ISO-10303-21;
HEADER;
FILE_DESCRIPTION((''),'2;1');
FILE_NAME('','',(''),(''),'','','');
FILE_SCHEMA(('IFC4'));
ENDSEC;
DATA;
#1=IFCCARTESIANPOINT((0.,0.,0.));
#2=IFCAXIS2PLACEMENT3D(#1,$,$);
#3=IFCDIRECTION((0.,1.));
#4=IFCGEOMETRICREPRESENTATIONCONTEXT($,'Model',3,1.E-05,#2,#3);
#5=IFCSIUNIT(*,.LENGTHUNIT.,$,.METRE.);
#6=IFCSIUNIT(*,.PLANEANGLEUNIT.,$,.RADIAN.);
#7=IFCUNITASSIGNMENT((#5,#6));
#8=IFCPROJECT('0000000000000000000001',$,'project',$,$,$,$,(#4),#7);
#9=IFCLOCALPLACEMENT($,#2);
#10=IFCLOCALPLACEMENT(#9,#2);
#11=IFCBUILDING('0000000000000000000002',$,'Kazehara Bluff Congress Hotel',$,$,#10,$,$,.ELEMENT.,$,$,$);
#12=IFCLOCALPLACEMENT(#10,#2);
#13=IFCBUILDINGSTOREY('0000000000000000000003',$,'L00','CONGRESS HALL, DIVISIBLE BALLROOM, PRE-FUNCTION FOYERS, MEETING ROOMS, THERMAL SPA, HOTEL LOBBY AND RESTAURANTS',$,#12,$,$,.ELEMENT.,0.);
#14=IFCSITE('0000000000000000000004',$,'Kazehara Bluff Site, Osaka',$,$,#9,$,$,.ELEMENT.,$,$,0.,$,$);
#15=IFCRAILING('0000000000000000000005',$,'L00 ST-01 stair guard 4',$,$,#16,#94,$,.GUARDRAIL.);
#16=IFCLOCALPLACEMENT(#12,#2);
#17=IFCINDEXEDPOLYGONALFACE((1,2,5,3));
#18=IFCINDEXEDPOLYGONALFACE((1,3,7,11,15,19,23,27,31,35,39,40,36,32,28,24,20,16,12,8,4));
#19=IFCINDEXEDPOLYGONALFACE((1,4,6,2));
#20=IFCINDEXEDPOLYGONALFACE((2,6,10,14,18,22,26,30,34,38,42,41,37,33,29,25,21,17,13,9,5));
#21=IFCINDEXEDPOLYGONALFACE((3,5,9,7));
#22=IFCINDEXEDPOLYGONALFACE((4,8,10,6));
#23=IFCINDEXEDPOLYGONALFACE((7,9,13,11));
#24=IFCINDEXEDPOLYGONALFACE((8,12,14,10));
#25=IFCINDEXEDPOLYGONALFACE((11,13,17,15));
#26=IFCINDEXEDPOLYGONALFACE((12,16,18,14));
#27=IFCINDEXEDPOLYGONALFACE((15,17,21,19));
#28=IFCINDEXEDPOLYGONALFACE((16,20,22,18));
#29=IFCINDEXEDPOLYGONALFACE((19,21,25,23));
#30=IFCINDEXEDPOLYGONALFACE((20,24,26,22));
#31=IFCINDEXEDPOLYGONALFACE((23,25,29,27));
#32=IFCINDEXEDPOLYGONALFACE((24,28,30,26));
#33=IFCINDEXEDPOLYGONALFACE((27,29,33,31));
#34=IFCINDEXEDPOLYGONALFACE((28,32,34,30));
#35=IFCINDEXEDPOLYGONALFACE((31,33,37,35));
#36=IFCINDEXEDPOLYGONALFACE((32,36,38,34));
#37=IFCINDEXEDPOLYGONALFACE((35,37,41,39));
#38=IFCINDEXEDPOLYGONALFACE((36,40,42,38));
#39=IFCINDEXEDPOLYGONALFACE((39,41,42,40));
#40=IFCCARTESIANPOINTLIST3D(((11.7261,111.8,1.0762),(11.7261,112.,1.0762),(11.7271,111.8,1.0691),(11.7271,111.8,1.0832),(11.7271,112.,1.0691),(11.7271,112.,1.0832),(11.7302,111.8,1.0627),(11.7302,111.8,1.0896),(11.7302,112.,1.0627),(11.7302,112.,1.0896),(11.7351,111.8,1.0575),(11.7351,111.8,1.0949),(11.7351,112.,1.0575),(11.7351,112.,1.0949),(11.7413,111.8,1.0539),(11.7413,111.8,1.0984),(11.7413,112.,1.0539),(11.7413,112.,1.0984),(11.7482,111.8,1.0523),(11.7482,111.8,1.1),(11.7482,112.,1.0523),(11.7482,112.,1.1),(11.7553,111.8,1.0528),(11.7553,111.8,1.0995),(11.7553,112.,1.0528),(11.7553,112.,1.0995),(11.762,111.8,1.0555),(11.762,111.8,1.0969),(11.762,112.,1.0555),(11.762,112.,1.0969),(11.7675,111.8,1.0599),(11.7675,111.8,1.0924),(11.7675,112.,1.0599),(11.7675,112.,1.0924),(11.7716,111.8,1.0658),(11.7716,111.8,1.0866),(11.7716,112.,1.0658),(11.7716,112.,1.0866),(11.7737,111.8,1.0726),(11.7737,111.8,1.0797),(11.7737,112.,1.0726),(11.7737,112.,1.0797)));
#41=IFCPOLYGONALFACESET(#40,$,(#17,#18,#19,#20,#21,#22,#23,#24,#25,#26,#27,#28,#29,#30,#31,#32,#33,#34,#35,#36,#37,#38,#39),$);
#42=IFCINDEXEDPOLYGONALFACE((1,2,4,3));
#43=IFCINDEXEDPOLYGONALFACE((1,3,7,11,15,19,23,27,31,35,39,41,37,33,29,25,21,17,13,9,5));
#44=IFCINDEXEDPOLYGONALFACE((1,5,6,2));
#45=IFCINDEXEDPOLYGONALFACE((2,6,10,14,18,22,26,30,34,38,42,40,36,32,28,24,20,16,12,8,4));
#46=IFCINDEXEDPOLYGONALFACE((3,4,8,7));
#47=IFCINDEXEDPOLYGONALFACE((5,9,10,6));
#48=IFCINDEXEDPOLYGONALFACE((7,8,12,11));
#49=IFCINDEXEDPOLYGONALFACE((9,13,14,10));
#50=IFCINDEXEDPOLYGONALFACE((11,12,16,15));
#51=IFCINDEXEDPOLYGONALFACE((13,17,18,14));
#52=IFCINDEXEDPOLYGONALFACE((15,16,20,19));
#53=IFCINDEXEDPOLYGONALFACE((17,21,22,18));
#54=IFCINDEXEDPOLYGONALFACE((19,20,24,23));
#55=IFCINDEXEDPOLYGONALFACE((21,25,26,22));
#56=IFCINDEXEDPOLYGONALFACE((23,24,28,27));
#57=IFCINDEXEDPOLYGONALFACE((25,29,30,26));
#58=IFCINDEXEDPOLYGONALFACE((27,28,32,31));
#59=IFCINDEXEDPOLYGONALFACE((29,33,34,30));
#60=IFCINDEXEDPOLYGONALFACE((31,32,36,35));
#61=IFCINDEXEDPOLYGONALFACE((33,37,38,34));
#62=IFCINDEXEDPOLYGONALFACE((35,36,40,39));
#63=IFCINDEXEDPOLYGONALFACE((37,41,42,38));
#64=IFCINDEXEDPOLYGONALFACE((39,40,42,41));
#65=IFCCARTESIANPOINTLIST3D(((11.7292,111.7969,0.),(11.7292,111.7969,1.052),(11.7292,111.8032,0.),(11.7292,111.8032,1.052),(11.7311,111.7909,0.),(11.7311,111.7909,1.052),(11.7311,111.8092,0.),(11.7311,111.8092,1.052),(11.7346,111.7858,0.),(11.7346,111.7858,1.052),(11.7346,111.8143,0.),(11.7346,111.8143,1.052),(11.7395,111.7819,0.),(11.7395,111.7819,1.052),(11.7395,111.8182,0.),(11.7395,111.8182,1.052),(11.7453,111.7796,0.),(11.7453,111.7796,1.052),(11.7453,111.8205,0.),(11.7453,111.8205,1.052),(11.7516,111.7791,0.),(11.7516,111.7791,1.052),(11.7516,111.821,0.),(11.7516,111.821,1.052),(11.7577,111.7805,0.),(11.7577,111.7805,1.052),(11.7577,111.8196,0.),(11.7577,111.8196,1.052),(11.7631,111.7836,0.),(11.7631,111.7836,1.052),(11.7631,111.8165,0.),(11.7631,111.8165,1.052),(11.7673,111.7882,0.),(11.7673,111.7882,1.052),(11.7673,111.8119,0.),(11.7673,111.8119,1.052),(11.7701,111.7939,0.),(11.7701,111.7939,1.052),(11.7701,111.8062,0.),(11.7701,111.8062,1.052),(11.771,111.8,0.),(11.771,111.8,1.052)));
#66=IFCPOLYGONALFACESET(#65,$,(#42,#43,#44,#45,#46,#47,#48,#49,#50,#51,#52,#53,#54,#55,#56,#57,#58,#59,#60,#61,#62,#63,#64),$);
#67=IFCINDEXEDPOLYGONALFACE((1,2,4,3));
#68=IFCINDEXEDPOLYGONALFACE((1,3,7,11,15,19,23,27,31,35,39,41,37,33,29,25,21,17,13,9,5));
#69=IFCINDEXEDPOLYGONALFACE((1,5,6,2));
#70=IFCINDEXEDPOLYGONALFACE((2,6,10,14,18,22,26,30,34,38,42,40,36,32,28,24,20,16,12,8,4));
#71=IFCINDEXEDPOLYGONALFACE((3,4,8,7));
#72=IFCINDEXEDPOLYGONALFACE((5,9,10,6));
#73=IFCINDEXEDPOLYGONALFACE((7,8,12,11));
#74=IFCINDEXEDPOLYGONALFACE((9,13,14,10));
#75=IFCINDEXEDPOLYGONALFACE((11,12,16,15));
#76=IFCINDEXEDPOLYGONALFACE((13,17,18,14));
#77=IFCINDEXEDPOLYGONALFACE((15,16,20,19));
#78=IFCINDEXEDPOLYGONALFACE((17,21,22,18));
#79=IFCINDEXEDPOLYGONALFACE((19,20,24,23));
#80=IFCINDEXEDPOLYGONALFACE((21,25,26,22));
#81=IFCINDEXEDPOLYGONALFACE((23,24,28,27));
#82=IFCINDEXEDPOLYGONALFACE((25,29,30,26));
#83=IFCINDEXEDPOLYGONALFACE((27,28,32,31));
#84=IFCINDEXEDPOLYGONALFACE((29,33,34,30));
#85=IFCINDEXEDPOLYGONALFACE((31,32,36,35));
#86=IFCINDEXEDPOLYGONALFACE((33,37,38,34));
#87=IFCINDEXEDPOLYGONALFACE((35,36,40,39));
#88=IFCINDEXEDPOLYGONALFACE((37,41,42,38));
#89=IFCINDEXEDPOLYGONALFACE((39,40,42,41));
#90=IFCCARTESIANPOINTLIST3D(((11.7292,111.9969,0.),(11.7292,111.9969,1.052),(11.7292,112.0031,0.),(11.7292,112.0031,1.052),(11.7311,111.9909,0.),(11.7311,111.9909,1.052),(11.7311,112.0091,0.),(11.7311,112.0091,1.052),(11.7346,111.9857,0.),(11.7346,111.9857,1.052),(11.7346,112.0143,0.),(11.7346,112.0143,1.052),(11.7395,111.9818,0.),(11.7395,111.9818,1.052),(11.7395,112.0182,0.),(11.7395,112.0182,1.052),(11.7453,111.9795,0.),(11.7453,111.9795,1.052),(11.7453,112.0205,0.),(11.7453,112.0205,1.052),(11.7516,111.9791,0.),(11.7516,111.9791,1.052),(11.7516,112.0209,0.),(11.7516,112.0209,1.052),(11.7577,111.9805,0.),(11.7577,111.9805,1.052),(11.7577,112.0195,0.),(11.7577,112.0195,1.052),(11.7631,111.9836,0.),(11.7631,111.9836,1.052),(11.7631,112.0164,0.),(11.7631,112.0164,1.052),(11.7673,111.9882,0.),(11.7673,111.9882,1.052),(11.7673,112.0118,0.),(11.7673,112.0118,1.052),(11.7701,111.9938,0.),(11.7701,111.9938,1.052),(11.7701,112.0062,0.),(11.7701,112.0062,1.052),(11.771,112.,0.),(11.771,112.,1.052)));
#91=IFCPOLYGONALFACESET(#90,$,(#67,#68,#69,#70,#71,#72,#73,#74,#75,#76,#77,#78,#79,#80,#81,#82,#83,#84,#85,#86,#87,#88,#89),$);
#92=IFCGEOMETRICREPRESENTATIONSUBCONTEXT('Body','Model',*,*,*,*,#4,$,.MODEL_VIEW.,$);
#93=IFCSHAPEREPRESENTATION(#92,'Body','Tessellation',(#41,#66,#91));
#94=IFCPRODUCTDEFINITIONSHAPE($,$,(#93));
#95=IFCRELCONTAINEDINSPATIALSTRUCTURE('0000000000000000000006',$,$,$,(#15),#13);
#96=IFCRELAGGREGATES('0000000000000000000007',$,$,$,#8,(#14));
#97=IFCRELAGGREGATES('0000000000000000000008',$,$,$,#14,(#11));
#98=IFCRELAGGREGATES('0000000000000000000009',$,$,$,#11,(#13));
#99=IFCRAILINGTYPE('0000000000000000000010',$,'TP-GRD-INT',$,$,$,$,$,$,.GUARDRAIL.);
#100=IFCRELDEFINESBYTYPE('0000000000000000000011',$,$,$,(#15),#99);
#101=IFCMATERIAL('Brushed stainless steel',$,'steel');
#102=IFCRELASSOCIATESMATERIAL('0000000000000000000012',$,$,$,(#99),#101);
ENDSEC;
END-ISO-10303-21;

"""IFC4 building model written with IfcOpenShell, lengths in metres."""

from ifc_helpers import new_model, si_unit, direction, frame, origin, origin_2d, place, context, subcontext, project, spatial, circle, extrude, material, type_object, element, save


model = new_model("IFC4")

# Units and contexts
model_context = context("Model", 3, precision=1e-05, world=origin(), true_north=direction((0.0, 1.0)))
body_context = subcontext(model_context, "Body", "Model", "MODEL_VIEW")
ifc_project = project(units=[si_unit("LENGTHUNIT", "METRE"), si_unit("PLANEANGLEUNIT", "RADIAN")], contexts=[model_context])

# Site, building, storey
site_placement = place(None, origin())
site = spatial("IfcSite", under=ifc_project, at=site_placement, Name="Kazehara Bluff Site, Osaka", CompositionType="ELEMENT", RefElevation=0.0)
building_placement = place(site_placement, origin())
building = spatial("IfcBuilding", under=site, at=building_placement, Name="Kazehara Bluff Congress Hotel", CompositionType="ELEMENT")
storey_placement = place(building_placement, origin())
storey = spatial("IfcBuildingStorey", under=building, at=storey_placement, Name="L00", Description="CONGRESS HALL, DIVISIBLE BALLROOM, PRE-FUNCTION FOYERS, MEETING ROOMS, THERMAL SPA, HOTEL LOBBY AND RESTAURANTS", CompositionType="ELEMENT", Elevation=0.0)

# Railing
ifc_material_1 = material(Name="Brushed stainless steel", Category="steel")
railing_type_1 = type_object("IfcRailingType", Name="TP-GRD-INT", PredefinedType="GUARDRAIL", material=ifc_material_1)
railing_1_placement = place(storey_placement, frame((11.75, 111.8, 0.0)))
element("IfcRailing", 1, at=railing_1_placement, inside=storey, type_object=railing_type_1, Name="L00 ST-01 stair guard 4", PredefinedType="GUARDRAIL", context=body_context, shape_type="SweptSolid", body=[
    extrude(circle(Radius=0.0239, at=origin_2d()), frame((0.0, 0.0, 1.0762), z_axis=(0.0, 1.0, 0.0), x_axis=(-1.0, 0.0, 0.0)), (0.0, 0.0, 1.0), 0.2),
    extrude(circle(Radius=0.021, at=origin_2d()), origin(), (0.0, 0.0, 1.0), 1.052),
    extrude(circle(Radius=0.021, at=origin_2d()), frame((0.0, 0.2, 0.0)), (0.0, 0.0, 1.0), 1.052),
])

save(model, "model.ifc")
